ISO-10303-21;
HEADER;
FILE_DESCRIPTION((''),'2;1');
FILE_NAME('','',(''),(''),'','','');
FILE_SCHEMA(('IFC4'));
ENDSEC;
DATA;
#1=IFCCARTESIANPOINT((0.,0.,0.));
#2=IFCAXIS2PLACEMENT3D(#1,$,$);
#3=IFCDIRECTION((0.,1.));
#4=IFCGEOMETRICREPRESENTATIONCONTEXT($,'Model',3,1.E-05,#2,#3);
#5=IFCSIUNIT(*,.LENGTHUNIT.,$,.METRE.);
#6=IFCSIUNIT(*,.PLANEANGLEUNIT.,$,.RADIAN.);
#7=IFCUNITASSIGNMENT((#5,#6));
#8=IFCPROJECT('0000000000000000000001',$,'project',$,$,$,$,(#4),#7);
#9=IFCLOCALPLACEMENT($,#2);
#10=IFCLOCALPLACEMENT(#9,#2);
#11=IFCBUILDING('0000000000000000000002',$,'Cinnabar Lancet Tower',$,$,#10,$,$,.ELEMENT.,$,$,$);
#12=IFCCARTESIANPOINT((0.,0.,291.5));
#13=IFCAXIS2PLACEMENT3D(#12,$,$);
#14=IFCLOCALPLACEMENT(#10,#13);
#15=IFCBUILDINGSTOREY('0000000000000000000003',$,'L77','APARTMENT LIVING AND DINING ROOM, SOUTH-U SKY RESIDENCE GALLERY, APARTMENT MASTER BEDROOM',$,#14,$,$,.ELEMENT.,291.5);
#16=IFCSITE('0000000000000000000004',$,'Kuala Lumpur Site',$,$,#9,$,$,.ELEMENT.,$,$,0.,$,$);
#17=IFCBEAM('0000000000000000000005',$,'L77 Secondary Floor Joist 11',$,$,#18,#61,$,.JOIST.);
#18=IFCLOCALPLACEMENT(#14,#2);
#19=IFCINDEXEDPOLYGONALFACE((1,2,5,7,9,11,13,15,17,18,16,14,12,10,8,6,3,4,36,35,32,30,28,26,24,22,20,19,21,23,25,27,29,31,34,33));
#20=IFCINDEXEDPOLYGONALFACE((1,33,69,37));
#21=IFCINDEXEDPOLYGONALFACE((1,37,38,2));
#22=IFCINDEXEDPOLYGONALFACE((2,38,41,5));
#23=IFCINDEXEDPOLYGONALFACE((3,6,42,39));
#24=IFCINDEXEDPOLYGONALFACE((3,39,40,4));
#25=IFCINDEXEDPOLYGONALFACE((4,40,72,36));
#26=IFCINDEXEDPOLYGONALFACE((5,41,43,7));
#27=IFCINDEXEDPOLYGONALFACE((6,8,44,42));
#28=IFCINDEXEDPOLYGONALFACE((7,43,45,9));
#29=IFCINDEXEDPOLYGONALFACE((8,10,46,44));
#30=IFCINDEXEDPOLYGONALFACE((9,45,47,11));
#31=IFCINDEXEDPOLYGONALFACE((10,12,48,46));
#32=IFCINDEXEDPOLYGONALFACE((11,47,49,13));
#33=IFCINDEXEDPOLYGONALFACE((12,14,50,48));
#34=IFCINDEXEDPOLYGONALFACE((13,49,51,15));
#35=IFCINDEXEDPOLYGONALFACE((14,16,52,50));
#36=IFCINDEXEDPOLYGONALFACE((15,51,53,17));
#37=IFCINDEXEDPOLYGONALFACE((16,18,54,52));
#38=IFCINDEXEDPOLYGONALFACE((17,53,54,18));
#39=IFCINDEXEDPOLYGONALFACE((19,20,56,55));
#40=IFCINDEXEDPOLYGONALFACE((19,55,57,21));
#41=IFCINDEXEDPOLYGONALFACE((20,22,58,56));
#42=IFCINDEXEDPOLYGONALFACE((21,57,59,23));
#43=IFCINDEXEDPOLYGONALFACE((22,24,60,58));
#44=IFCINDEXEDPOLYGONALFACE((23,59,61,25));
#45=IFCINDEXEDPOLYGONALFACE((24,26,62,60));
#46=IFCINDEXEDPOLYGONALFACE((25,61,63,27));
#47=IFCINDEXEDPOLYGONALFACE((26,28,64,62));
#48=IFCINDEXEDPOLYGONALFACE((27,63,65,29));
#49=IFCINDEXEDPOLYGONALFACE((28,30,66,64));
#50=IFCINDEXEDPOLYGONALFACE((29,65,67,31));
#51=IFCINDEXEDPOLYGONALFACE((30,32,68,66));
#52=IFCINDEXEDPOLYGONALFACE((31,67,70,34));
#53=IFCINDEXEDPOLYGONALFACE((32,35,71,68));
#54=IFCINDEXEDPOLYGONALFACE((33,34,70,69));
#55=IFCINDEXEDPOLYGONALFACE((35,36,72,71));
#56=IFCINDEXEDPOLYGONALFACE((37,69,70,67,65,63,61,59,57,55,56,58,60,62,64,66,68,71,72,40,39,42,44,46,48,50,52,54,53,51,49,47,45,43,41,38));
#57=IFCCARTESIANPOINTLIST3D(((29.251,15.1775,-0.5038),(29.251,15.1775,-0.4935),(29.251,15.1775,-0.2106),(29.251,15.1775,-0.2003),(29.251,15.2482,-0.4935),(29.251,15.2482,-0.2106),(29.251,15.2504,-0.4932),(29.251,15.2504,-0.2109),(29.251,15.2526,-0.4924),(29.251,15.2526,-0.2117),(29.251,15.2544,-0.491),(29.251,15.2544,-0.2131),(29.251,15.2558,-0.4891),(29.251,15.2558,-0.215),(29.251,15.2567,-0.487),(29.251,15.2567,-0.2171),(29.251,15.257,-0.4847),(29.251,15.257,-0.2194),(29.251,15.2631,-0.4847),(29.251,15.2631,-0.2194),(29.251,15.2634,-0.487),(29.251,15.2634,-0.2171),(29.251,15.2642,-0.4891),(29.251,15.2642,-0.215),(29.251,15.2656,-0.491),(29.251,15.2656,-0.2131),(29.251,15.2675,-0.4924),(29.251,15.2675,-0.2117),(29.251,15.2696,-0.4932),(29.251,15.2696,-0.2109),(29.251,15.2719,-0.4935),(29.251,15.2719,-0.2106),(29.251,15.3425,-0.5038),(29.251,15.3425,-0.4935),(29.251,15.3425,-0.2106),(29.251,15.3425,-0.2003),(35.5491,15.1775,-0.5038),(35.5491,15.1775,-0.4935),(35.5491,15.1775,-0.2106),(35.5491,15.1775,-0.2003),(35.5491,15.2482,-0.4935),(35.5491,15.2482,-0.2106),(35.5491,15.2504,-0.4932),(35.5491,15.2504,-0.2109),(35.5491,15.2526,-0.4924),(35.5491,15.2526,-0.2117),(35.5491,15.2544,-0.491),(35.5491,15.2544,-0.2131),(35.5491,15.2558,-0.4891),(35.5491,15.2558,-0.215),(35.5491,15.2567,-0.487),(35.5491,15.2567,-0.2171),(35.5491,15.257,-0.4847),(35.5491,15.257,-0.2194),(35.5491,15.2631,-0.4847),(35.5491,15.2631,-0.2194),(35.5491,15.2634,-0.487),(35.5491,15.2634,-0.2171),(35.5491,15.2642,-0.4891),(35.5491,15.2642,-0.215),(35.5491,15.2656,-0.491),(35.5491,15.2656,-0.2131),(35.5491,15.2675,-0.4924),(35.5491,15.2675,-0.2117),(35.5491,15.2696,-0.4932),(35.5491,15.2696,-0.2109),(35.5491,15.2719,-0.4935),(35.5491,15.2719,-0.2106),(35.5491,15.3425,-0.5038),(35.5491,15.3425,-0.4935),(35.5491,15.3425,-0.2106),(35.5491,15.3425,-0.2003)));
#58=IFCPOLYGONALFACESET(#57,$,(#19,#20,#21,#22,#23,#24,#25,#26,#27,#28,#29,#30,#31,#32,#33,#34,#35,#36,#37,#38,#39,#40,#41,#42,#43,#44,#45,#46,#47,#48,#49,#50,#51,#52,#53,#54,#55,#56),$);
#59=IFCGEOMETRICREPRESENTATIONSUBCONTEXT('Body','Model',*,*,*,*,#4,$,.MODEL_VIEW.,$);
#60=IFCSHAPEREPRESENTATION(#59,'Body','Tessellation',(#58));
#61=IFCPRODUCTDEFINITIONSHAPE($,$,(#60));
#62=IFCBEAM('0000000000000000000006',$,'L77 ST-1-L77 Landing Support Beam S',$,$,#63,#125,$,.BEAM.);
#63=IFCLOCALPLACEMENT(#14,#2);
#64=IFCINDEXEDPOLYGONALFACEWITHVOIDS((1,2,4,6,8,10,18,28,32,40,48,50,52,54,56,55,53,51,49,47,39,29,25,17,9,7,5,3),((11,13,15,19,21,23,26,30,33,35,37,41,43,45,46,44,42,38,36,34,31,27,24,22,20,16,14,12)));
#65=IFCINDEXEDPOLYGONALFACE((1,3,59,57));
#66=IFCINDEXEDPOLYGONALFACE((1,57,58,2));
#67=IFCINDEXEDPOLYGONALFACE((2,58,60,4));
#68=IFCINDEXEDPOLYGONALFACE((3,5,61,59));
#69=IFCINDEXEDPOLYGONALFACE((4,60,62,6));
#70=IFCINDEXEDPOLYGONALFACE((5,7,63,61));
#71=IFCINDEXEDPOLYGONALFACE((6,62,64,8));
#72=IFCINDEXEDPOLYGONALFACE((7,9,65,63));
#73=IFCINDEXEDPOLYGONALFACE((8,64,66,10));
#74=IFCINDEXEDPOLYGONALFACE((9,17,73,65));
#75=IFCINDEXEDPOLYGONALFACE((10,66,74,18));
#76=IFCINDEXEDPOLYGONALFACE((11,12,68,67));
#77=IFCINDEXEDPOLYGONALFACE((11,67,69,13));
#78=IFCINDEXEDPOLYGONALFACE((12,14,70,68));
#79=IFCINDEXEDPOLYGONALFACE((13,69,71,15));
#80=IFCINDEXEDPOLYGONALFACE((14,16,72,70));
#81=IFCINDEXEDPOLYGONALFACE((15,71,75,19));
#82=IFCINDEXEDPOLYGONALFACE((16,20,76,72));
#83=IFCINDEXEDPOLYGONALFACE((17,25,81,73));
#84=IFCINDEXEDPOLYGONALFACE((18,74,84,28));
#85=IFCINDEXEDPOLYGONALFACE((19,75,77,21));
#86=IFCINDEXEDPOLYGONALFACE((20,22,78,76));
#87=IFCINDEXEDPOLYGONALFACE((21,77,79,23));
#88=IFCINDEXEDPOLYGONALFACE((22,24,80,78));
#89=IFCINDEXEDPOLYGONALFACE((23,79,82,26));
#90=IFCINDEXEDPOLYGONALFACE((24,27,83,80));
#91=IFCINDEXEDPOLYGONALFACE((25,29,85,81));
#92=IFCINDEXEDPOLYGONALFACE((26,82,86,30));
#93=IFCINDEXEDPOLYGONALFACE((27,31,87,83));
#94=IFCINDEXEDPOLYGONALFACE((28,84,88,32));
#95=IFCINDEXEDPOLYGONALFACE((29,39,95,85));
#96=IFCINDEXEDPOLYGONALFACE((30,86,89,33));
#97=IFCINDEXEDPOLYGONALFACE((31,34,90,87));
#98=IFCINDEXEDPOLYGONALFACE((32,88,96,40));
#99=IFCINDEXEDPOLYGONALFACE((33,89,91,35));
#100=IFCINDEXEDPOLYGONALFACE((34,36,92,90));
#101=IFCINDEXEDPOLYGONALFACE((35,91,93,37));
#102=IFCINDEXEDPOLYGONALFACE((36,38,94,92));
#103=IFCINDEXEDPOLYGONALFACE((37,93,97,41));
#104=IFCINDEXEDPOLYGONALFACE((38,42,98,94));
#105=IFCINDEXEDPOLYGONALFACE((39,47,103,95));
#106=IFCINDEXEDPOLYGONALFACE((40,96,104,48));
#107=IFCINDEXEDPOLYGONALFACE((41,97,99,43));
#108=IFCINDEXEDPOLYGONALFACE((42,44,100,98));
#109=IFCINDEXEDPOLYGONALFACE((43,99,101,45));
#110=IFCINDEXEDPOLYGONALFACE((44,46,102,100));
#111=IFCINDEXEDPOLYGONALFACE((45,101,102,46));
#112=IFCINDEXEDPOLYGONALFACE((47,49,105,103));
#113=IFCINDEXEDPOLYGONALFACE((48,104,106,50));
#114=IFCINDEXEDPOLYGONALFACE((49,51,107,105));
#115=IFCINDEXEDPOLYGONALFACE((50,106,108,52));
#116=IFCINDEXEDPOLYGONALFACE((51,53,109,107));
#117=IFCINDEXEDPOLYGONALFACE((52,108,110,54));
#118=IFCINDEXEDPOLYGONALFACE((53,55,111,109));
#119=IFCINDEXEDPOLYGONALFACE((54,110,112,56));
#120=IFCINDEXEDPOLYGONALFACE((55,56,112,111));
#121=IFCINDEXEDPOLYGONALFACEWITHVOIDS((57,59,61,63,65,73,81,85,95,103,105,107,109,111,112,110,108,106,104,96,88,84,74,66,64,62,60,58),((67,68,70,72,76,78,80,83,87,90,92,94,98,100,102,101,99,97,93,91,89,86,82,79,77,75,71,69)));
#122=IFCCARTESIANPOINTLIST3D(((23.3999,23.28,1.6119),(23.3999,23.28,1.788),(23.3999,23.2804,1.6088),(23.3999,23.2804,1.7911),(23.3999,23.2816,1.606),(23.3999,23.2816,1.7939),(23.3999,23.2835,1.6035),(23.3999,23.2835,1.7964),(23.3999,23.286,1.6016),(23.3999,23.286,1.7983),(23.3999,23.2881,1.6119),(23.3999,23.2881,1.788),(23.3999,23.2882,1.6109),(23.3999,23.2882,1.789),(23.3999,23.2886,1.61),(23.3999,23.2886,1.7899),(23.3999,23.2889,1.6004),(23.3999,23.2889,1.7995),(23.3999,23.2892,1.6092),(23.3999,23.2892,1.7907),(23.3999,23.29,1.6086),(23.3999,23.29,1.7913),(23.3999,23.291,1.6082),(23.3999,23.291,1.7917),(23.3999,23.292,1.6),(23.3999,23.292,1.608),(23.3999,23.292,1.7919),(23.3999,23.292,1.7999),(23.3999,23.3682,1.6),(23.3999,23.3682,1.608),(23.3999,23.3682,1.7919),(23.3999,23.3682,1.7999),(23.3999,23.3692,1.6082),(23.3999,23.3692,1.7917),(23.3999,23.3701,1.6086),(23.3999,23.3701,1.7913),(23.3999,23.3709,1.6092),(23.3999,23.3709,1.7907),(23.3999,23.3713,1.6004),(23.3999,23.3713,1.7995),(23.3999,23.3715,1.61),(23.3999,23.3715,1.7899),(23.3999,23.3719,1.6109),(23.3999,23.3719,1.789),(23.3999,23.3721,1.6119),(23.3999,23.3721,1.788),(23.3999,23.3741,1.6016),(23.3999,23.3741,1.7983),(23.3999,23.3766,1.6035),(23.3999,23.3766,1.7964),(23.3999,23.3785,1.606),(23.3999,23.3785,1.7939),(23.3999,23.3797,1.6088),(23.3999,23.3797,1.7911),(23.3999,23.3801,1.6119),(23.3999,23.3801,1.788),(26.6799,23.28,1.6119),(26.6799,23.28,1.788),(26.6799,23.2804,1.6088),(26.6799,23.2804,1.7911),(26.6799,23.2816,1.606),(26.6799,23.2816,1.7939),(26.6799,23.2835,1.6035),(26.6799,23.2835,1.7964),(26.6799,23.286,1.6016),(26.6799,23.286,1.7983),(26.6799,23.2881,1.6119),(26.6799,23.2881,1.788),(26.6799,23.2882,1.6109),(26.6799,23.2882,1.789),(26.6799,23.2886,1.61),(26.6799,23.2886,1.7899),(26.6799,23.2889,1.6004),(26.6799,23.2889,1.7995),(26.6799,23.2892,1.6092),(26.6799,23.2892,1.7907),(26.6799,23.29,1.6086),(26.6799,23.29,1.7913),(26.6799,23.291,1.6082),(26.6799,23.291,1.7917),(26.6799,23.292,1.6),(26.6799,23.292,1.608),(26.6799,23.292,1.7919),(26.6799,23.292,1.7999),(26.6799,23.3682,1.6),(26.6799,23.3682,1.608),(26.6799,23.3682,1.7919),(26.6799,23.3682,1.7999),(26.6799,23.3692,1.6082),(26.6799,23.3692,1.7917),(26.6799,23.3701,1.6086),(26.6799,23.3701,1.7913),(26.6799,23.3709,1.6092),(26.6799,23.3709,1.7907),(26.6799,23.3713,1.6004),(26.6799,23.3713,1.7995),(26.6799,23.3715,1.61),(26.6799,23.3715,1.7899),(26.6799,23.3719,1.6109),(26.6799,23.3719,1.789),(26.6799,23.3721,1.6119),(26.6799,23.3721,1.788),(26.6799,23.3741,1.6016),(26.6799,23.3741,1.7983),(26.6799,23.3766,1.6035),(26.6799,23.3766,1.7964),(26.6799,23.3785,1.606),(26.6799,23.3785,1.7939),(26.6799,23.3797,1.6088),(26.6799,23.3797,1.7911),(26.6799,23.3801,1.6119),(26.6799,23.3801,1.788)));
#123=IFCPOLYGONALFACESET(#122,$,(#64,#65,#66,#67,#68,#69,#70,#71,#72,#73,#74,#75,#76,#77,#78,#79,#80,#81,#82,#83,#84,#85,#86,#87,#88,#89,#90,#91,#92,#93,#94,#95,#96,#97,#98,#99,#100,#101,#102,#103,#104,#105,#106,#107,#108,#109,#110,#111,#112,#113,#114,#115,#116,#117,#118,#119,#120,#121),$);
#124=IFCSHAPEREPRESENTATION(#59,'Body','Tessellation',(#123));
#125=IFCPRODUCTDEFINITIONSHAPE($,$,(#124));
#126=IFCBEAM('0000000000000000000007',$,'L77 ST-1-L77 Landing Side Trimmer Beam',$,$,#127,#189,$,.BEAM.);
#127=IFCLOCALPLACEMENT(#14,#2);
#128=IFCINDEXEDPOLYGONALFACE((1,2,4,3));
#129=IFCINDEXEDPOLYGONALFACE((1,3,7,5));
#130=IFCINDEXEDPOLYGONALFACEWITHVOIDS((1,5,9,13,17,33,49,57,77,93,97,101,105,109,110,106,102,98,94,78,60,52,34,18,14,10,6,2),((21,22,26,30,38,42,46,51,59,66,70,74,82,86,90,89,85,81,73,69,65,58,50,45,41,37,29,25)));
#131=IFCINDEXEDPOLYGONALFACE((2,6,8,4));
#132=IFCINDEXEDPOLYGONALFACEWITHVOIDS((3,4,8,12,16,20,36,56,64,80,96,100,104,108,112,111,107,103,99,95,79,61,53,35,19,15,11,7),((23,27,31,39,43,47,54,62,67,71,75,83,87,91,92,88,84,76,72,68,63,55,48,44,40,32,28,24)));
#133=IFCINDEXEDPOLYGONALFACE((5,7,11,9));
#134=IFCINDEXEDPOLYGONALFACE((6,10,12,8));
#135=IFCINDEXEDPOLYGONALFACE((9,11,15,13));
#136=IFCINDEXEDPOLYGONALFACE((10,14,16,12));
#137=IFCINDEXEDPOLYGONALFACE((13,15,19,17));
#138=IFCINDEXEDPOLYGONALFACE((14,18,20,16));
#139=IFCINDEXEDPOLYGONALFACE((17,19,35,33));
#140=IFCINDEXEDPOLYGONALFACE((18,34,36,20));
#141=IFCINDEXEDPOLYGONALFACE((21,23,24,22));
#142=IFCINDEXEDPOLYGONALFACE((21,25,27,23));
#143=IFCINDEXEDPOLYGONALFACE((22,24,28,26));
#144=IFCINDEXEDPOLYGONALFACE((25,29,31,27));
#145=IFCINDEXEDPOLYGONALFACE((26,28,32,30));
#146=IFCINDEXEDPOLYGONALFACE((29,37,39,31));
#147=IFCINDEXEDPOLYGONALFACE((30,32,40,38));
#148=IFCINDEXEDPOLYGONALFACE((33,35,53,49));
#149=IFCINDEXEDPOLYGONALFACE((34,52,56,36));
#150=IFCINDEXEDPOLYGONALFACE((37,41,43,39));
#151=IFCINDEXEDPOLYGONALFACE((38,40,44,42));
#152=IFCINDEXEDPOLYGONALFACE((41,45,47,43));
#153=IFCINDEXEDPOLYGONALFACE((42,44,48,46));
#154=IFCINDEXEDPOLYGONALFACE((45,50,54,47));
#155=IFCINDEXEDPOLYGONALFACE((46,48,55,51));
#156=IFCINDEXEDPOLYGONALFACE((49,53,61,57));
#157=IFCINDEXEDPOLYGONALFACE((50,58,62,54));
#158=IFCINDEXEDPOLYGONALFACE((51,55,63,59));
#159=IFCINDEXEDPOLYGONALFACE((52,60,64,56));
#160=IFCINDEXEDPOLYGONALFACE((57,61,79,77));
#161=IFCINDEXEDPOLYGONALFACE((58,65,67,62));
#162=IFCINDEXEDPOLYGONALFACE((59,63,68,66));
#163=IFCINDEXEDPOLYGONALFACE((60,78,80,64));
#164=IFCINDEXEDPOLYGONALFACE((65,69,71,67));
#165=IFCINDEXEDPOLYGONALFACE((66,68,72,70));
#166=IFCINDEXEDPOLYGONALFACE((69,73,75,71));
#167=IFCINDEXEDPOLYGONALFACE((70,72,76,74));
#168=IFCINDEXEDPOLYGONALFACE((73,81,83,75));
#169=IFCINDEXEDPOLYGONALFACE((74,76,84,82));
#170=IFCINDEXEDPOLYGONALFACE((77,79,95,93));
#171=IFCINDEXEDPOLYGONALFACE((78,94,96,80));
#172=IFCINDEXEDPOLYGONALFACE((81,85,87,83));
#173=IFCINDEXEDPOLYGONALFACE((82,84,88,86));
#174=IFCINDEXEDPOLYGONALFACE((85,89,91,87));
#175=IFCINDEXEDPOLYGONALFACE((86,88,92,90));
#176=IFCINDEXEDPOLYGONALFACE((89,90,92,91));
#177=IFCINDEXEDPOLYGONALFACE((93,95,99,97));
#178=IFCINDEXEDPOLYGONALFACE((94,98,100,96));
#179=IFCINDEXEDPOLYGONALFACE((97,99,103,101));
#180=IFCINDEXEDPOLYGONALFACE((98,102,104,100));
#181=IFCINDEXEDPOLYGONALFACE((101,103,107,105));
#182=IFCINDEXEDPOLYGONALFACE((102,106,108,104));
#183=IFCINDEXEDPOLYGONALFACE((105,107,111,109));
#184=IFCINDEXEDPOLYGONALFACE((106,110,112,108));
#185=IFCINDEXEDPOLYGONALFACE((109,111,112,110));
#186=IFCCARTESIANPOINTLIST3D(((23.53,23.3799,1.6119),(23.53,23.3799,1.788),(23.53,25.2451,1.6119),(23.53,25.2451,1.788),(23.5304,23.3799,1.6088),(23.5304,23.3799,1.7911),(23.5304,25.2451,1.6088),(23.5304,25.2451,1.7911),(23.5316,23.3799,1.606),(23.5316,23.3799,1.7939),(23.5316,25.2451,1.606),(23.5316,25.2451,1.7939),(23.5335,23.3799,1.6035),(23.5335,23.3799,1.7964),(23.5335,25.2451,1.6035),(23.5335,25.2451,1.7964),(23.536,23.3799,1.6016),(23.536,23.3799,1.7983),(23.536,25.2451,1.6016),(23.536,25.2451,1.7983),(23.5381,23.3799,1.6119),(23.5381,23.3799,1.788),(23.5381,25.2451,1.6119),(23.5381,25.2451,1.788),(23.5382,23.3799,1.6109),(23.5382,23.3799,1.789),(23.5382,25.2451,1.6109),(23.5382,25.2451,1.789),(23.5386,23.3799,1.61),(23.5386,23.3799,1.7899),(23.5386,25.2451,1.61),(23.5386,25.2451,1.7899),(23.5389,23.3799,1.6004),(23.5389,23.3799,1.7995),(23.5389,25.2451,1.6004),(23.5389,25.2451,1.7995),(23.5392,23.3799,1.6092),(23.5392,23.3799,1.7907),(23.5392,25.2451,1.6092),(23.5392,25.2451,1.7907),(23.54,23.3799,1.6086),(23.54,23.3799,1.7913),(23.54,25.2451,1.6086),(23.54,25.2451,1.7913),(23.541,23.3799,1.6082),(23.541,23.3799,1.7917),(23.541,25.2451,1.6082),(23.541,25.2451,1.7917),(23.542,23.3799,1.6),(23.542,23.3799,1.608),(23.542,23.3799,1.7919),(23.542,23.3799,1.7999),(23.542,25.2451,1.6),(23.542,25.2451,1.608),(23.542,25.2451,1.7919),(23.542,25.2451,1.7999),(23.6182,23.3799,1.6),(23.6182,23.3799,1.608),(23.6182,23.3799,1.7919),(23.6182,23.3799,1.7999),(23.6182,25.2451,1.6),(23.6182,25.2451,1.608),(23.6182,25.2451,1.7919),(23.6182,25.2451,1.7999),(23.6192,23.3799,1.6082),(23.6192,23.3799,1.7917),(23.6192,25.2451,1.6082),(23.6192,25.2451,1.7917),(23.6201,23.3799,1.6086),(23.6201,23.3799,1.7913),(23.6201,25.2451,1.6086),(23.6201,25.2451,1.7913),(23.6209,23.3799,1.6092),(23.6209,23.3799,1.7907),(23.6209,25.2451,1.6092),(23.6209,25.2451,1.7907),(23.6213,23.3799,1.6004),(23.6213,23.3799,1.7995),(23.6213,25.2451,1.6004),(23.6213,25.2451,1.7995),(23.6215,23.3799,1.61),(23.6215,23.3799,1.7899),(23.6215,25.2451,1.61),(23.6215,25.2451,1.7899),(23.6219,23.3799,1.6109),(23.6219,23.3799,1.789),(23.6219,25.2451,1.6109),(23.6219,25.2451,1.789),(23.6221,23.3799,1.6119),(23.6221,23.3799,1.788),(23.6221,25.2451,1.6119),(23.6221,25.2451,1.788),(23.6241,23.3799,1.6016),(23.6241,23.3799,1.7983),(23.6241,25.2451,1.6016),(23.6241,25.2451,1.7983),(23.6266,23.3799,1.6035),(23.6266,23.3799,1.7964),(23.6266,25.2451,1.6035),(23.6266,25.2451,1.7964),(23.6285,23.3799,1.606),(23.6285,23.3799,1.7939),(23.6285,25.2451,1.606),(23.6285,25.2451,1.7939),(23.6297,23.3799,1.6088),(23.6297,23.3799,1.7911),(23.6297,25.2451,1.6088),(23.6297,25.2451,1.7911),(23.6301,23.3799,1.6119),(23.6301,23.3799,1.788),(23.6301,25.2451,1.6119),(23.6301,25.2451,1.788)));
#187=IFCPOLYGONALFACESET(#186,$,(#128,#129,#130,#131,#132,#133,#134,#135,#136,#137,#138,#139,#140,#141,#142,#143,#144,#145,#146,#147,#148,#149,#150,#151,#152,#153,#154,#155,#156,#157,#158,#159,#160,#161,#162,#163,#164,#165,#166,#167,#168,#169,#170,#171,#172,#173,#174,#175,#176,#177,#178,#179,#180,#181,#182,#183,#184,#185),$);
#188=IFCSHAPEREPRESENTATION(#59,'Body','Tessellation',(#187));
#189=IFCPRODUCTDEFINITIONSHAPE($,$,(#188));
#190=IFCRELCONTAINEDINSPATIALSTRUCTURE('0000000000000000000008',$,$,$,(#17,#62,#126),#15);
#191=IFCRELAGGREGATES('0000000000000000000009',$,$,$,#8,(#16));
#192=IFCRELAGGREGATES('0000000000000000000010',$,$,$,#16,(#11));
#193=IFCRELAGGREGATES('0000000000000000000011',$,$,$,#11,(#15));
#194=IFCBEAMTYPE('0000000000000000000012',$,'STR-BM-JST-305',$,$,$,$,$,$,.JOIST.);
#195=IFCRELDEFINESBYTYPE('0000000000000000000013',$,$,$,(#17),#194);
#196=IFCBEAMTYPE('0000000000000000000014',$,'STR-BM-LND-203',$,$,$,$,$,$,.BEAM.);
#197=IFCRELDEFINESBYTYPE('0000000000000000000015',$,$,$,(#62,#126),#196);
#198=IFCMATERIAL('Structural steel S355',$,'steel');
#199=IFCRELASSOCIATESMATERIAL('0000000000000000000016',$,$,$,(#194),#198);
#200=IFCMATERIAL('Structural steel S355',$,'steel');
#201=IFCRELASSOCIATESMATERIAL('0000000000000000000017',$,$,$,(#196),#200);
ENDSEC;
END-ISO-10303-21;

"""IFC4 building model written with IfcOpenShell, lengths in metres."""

from ifc_helpers import new_model, si_unit, direction, frame, origin, origin_2d, place, context, subcontext, project, spatial, hollow_rectangle, i_section, extrude, material, material_profile, profile_set, type_object, element, save


model = new_model("IFC4")

# Units and contexts
model_context = context("Model", 3, precision=1e-05, world=origin(), true_north=direction((0.0, 1.0)))
body_context = subcontext(model_context, "Body", "Model", "MODEL_VIEW")
ifc_project = project(units=[si_unit("LENGTHUNIT", "METRE"), si_unit("PLANEANGLEUNIT", "RADIAN")], contexts=[model_context])

# Site, building, storey
site_placement = place(None, origin())
site = spatial("IfcSite", under=ifc_project, at=site_placement, Name="Kuala Lumpur Site", CompositionType="ELEMENT", RefElevation=0.0)
building_placement = place(site_placement, origin())
building = spatial("IfcBuilding", under=site, at=building_placement, Name="Cinnabar Lancet Tower", CompositionType="ELEMENT")
storey_placement = place(building_placement, frame((0.0, 0.0, 291.5)))
storey = spatial("IfcBuildingStorey", under=building, at=storey_placement, Name="L77", Description="APARTMENT LIVING AND DINING ROOM, SOUTH-U SKY RESIDENCE GALLERY, APARTMENT MASTER BEDROOM", CompositionType="ELEMENT", Elevation=291.5)

# Beams
ifc_material_1 = material(Name="Structural steel S355", Category="steel")
ifc_material_profile_1 = material_profile(ifc_material_1, i_section(OverallWidth=0.165, OverallDepth=0.3035, WebThickness=0.0061, FlangeThickness=0.0103, FilletRadius=0.0088, at=origin_2d()), Name="UKB 305x165x40")
ifc_profile_set_1 = profile_set([ifc_material_profile_1], Name="Structural steel S355")
beam_type_1 = type_object("IfcBeamType", Name="STR-BM-JST-305", PredefinedType="JOIST", material=ifc_profile_set_1)
beam_1_placement = place(storey_placement, frame((29.251, 15.26, -0.3521), z_axis=(1.0, 0.0, 0.0), x_axis=(0.0, 1.0, 0.0)))
element("IfcBeam", 1, at=beam_1_placement, inside=storey, type_object=beam_type_1, Name="L77 Secondary Floor Joist 11", PredefinedType="JOIST", context=body_context, shape_type="SweptSolid", body=[
    extrude(i_section(OverallWidth=0.165, OverallDepth=0.3035, WebThickness=0.0061, FlangeThickness=0.0103, FilletRadius=0.0088, at=origin_2d()), origin(), (0.0, 0.0, 1.0), 6.2981),
])
ifc_material_2 = material(Name="Structural steel S355", Category="steel")
ifc_material_profile_2 = material_profile(ifc_material_2, hollow_rectangle(XDim=0.1001, YDim=0.2, WallThickness=0.0081, InnerFilletRadius=0.0039, OuterFilletRadius=0.012, at=origin_2d()), Name="RHS 200x100x8")
ifc_profile_set_2 = profile_set([ifc_material_profile_2], Name="Structural steel S355")
beam_type_2 = type_object("IfcBeamType", Name="STR-BM-LND-203", PredefinedType="BEAM", material=ifc_profile_set_2)
beam_2_placement = place(storey_placement, frame((23.3999, 23.3301, 1.7), z_axis=(1.0, 0.0, 0.0), x_axis=(0.0, 1.0, 0.0)))
element("IfcBeam", 2, at=beam_2_placement, inside=storey, type_object=beam_type_2, Name="L77 ST-1-L77 Landing Support Beam S", PredefinedType="BEAM", context=body_context, shape_type="SweptSolid", body=[
    extrude(hollow_rectangle(XDim=0.1001, YDim=0.2, WallThickness=0.0081, InnerFilletRadius=0.0039, OuterFilletRadius=0.012, at=origin_2d()), origin(), (0.0, 0.0, 1.0), 3.28),
])
beam_3_placement = place(storey_placement, frame((23.5801, 23.3799, 1.7), z_axis=(0.0, 1.0, 0.0), x_axis=(-1.0, 0.0, 0.0)))
element("IfcBeam", 3, at=beam_3_placement, inside=storey, type_object=beam_type_2, Name="L77 ST-1-L77 Landing Side Trimmer Beam", PredefinedType="BEAM", context=body_context, shape_type="SweptSolid", body=[
    extrude(hollow_rectangle(XDim=0.1001, YDim=0.2, WallThickness=0.0081, InnerFilletRadius=0.0039, OuterFilletRadius=0.012, at=origin_2d()), origin(), (0.0, 0.0, 1.0), 1.8652),
])

save(model, "model.ifc")
